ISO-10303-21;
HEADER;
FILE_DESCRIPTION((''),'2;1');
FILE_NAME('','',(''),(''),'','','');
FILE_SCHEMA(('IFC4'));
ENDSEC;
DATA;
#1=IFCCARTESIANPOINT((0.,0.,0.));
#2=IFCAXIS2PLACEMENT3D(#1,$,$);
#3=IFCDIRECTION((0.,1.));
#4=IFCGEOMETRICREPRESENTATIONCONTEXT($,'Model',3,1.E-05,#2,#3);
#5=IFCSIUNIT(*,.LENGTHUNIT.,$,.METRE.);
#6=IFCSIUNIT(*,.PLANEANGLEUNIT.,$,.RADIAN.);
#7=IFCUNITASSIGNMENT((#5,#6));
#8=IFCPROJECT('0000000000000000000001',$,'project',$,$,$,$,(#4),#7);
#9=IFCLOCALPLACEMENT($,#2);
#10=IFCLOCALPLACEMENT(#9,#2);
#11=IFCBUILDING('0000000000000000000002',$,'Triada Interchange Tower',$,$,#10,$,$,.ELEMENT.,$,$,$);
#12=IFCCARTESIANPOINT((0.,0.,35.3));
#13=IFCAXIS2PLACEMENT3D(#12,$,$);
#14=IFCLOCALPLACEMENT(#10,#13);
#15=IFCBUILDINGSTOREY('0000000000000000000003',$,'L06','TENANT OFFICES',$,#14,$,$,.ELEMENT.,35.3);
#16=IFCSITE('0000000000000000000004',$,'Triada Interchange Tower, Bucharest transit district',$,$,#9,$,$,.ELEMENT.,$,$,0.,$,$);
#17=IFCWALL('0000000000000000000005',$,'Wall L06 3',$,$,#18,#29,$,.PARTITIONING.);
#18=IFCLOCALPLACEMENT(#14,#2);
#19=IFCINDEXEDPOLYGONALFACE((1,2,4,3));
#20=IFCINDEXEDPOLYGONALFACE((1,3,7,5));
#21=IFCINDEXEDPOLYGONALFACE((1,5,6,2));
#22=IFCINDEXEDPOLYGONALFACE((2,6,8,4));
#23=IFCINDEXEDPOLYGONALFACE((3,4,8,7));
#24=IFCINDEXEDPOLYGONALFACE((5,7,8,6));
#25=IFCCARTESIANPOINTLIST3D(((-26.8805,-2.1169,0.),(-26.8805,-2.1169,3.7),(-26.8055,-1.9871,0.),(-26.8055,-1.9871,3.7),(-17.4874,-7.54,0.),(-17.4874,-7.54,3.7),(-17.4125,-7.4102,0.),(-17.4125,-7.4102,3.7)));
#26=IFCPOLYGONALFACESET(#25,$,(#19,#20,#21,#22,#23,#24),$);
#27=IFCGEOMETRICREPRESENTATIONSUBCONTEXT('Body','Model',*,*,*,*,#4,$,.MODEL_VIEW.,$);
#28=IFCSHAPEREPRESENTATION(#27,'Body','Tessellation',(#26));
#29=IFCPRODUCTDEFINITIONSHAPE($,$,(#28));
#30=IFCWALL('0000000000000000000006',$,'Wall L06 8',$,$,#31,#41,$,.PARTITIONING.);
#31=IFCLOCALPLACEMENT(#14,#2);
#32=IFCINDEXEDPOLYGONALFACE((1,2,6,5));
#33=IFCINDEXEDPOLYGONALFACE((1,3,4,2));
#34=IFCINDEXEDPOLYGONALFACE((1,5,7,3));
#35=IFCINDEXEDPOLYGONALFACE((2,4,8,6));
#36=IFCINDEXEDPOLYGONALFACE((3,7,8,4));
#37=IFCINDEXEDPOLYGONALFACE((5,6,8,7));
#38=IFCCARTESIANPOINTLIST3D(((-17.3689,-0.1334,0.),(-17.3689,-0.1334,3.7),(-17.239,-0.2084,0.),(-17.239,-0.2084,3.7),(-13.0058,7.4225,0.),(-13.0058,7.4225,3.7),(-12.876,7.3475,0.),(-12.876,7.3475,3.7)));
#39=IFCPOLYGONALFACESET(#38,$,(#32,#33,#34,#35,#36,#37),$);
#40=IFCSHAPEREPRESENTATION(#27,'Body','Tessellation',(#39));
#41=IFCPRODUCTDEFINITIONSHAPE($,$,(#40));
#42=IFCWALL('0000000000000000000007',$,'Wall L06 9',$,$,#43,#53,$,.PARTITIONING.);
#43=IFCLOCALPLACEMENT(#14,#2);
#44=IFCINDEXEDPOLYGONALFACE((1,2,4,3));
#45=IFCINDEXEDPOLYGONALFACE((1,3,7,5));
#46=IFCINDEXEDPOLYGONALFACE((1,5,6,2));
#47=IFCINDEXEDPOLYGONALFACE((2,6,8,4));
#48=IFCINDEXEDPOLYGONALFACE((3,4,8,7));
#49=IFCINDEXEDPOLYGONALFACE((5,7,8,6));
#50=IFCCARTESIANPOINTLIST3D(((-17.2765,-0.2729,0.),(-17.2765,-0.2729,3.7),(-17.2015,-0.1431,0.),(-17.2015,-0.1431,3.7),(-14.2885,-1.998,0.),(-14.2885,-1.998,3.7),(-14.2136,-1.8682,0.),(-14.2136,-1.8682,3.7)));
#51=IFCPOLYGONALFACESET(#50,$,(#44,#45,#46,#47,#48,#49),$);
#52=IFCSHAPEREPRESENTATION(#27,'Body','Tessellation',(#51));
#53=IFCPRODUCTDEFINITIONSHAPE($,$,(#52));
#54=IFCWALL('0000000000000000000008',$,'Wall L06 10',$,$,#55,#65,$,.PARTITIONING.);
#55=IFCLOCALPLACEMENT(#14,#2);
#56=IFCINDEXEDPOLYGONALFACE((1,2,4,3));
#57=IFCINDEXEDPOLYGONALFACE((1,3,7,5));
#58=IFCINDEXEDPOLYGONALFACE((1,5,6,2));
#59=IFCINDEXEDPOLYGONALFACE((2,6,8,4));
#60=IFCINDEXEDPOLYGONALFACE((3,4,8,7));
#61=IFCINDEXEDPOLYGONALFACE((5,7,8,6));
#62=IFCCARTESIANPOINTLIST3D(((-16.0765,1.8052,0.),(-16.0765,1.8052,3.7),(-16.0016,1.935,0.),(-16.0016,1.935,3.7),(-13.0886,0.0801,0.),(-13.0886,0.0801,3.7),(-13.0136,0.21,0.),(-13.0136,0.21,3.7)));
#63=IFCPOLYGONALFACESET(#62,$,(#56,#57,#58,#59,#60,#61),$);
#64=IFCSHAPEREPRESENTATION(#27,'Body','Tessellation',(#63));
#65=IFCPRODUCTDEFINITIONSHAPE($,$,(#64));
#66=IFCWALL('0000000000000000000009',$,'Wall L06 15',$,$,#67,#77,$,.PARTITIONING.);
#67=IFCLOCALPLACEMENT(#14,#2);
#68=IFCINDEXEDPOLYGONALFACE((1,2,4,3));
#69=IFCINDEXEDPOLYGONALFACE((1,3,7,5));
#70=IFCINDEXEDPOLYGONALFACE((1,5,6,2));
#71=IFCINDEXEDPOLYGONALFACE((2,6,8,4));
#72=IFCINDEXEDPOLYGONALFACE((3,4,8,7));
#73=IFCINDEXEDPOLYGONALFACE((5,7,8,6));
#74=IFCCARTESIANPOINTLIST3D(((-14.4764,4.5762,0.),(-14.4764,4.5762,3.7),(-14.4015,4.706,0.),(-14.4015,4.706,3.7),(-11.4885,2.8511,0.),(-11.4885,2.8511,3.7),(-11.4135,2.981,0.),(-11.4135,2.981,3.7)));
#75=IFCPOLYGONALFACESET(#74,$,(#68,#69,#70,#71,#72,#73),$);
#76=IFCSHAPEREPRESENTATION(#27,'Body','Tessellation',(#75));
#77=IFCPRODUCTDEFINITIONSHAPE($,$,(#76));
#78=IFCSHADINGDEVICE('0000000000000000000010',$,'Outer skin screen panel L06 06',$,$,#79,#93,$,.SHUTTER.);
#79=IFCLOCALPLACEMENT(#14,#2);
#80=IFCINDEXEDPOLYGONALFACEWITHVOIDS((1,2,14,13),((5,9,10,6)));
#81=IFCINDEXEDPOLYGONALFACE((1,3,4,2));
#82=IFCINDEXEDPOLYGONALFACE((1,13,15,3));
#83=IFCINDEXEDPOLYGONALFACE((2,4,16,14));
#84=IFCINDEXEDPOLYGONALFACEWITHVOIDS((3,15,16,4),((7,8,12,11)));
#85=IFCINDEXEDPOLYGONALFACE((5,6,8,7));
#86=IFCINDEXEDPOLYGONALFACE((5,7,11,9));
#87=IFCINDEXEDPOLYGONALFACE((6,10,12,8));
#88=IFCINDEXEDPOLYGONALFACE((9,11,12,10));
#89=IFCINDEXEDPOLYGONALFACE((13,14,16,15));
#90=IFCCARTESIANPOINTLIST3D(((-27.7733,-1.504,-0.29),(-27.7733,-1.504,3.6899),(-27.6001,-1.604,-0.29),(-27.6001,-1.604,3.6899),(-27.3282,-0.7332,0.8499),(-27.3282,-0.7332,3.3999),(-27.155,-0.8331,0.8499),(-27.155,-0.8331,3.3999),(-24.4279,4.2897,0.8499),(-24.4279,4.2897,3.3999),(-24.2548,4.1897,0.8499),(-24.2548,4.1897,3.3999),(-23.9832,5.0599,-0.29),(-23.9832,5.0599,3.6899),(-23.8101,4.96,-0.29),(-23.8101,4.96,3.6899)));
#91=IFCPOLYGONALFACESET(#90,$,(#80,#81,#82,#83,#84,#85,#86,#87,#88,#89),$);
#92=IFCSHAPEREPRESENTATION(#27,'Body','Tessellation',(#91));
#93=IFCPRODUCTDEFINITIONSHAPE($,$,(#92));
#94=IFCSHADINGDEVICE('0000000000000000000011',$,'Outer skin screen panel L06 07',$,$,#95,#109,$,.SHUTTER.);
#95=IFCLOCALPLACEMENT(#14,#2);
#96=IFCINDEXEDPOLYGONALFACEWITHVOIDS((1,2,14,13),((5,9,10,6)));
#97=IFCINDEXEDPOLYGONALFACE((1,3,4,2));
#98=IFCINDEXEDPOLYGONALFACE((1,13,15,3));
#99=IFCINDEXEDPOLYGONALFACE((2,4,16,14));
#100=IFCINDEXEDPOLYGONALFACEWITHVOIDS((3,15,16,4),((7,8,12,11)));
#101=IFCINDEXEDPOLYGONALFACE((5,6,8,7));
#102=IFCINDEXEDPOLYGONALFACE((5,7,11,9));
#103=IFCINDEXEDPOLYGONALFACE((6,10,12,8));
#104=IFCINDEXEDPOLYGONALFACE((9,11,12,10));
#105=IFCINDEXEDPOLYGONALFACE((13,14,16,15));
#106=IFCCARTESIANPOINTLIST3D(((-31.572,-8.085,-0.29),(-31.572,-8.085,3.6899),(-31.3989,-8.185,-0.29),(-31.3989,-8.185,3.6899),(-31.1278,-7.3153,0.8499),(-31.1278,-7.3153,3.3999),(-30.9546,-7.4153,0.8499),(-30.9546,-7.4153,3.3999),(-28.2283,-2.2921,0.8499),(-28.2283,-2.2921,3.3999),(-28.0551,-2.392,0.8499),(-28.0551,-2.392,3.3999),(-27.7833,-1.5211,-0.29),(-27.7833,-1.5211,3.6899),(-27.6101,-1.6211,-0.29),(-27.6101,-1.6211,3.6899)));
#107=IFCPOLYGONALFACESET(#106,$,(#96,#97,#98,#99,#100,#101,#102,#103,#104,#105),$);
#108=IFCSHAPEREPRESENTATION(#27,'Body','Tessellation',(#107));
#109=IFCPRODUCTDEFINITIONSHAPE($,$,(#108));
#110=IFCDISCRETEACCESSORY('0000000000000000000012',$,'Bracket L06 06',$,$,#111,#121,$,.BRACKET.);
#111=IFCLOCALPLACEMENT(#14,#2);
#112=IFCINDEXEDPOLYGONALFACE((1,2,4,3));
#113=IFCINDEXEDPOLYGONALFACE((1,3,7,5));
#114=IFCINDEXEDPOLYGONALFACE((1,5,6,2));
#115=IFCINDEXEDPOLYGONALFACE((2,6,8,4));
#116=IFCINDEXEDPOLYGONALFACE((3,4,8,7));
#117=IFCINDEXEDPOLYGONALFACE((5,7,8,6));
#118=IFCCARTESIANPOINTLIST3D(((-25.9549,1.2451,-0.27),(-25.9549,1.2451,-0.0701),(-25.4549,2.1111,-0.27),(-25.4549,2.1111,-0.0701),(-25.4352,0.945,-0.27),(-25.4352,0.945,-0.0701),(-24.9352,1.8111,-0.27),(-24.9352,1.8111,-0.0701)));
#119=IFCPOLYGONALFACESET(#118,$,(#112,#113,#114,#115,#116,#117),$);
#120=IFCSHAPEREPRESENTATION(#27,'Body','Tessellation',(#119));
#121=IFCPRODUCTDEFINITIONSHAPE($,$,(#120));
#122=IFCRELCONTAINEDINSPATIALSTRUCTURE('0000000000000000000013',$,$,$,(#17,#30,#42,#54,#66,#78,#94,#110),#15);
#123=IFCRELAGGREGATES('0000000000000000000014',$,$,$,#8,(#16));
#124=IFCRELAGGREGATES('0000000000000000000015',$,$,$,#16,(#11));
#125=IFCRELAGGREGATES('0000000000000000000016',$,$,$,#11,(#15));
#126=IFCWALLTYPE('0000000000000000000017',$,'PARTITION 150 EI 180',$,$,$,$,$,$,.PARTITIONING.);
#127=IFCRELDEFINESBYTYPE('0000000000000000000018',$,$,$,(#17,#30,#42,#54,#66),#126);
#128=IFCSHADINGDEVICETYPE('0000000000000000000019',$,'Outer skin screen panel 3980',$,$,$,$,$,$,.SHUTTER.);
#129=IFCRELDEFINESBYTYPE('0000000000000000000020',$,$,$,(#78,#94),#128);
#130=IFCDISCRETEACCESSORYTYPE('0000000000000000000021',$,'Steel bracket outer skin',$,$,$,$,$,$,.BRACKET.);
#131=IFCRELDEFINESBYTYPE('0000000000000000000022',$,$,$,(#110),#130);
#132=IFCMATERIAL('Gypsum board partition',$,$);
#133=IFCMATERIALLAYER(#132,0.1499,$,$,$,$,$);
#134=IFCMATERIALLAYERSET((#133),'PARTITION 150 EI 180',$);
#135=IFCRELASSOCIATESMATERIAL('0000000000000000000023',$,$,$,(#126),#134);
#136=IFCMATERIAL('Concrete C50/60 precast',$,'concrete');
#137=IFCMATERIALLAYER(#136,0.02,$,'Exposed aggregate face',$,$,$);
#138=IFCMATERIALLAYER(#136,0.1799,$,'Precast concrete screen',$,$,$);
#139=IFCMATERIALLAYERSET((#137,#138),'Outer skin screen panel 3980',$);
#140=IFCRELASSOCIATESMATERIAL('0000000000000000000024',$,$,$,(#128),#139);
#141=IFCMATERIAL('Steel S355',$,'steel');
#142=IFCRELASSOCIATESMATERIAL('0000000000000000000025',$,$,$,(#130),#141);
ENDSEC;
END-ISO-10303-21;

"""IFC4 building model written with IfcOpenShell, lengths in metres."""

from ifc_helpers import new_model, si_unit, direction, frame, frame_2d, origin, origin_2d, place, context, subcontext, project, spatial, polyline, rectangle, outline, extrude, material, layer, layer_set, type_object, element, save


model = new_model("IFC4")

# Units and contexts
model_context = context("Model", 3, precision=1e-05, world=origin(), true_north=direction((0.0, 1.0)))
body_context = subcontext(model_context, "Body", "Model", "MODEL_VIEW")
ifc_project = project(units=[si_unit("LENGTHUNIT", "METRE"), si_unit("PLANEANGLEUNIT", "RADIAN")], contexts=[model_context])

# Site, building, storey
site_placement = place(None, origin())
site = spatial("IfcSite", under=ifc_project, at=site_placement, Name="Triada Interchange Tower, Bucharest transit district", CompositionType="ELEMENT", RefElevation=0.0)
building_placement = place(site_placement, origin())
building = spatial("IfcBuilding", under=site, at=building_placement, Name="Triada Interchange Tower", CompositionType="ELEMENT")
storey_placement = place(building_placement, frame((0.0, 0.0, 35.3)))
storey = spatial("IfcBuildingStorey", under=building, at=storey_placement, Name="L06", Description="TENANT OFFICES", CompositionType="ELEMENT", Elevation=35.3)

# Walls
ifc_material_1 = material(Name="Gypsum board partition")
ifc_layer_1 = layer(ifc_material_1, 0.1499)
ifc_layer_set_1 = layer_set([ifc_layer_1], Name="PARTITION 150 EI 180")
wall_type_1 = type_object("IfcWallType", Name="PARTITION 150 EI 180", PredefinedType="PARTITIONING", material=ifc_layer_set_1)
wall_1_placement = place(storey_placement, frame((-26.843, -2.052, 0.0), z_axis=(0.0, 0.0, 1.0), x_axis=(0.866025, -0.5, 0.0)))
element("IfcWall", 1, at=wall_1_placement, inside=storey, type_object=wall_type_1, Name="Wall L06 3", PredefinedType="PARTITIONING", context=body_context, shape_type="SweptSolid", body=[
    extrude(rectangle(XDim=10.8462, YDim=0.1499, at=frame_2d((5.4231, 0.0))), origin(), (0.0, 0.0, 1.0), 3.7),
])
wall_2_placement = place(storey_placement, frame((-17.304, -0.1709, 0.0), z_axis=(0.0, 0.0, 1.0), x_axis=(0.500054, 0.865994, 0.0)))
element("IfcWall", 2, at=wall_2_placement, inside=storey, type_object=wall_type_1, Name="Wall L06 8", PredefinedType="PARTITIONING", context=body_context, shape_type="SweptSolid", body=[
    extrude(rectangle(XDim=8.7251, YDim=0.1499, at=frame_2d((4.3625, 0.0))), origin(), (0.0, 0.0, 1.0), 3.7),
])
for number, where, z_axis, x_axis, name in (
    (3, (-17.239, -0.208, 0.0), (0.0, 0.0, 1.0), (0.866031, -0.49999, 0.0), "Wall L06 9"),
    (4, (-16.0391, 1.8701, 0.0), (0.0, 0.0, 1.0), (0.866031, -0.49999, 0.0), "Wall L06 10"),
    (5, (-14.439, 4.6411, 0.0), (0.0, 0.0, 1.0), (0.866031, -0.49999, 0.0), "Wall L06 15"),
):
    element("IfcWall", number, at=place(storey_placement, frame(where, z_axis=z_axis, x_axis=x_axis)), inside=storey, type_object=wall_type_1, Name=name, PredefinedType="PARTITIONING", context=body_context, shape_type="SweptSolid", body=[
        extrude(rectangle(XDim=3.4502, YDim=0.1499, at=frame_2d((1.7251, 0.0))), origin(), (0.0, 0.0, 1.0), 3.7),
    ])

# Shading devices
ifc_material_2 = material(Name="Concrete C50/60 precast", Category="concrete")
ifc_layer_2 = layer(ifc_material_2, 0.02, Name="Exposed aggregate face")
ifc_layer_3 = layer(ifc_material_2, 0.1799, Name="Precast concrete screen")
ifc_layer_set_2 = layer_set([ifc_layer_2, ifc_layer_3], Name="Outer skin screen panel 3980")
shading_device_type = type_object("IfcShadingDeviceType", Name="Outer skin screen panel 3980", PredefinedType="SHUTTER", material=ifc_layer_set_2)
shading_device_1_placement = place(storey_placement, frame((-23.8101, 4.96, -0.29), z_axis=(0.0, 0.0, 1.0), x_axis=(-0.500033, -0.866006, 0.0)))
element("IfcShadingDevice", 6, at=shading_device_1_placement, inside=storey, type_object=shading_device_type, Name="Outer skin screen panel L06 06", PredefinedType="SHUTTER", context=body_context, shape_type="SweptSolid", body=[
    extrude(outline(polyline([(0.0, 0.0), (7.5796, 0.0), (7.5796, 3.98), (0.0, 3.98), (0.0, 0.0)]), holes=[polyline([(0.8894, 1.1399), (0.8894, 3.6899), (6.6895, 3.6899), (6.6895, 1.1399), (0.8894, 1.1399)])]), frame((0.0, 0.0, 0.0), z_axis=(0.0, -1.0, 0.0), x_axis=(1.0, 0.0, 0.0)), (0.0, 0.0, 1.0), 0.2),
])
shading_device_2_placement = place(storey_placement, frame((-27.6101, -1.6211, -0.29), z_axis=(0.0, 0.0, 1.0), x_axis=(-0.499912, -0.866076, 0.0)))
element("IfcShadingDevice", 7, at=shading_device_2_placement, inside=storey, type_object=shading_device_type, Name="Outer skin screen panel L06 07", PredefinedType="SHUTTER", context=body_context, shape_type="SweptSolid", body=[
    extrude(outline(polyline([(0.0, 0.0), (7.5789, 0.0), (7.5789, 3.98), (0.0, 3.98), (0.0, 0.0)]), holes=[polyline([(0.8901, 1.1399), (0.8901, 3.6899), (6.6902, 3.6899), (6.6902, 1.1399), (0.8901, 1.1399)])]), frame((0.0, 0.0, 0.0), z_axis=(0.0, -1.0, 0.0), x_axis=(1.0, 0.0, 0.0)), (0.0, 0.0, 1.0), 0.2),
])

# Discrete accessory
ifc_material_3 = material(Name="Steel S355", Category="steel")
discrete_accessory_type = type_object("IfcDiscreteAccessoryType", Name="Steel bracket outer skin", PredefinedType="BRACKET", material=ifc_material_3)
discrete_accessory_placement = place(storey_placement, frame((-25.4451, 1.5281, -0.27), z_axis=(0.0, 0.0, 1.0), x_axis=(-0.866021, 0.500008, 0.0)))
element("IfcDiscreteAccessory", 8, at=discrete_accessory_placement, inside=storey, type_object=discrete_accessory_type, Name="Bracket L06 06", PredefinedType="BRACKET", context=body_context, shape_type="SweptSolid", body=[
    extrude(rectangle(XDim=0.6001, YDim=1.0, at=origin_2d()), origin(), (0.0, 0.0, 1.0), 0.2),
])

save(model, "model.ifc")
